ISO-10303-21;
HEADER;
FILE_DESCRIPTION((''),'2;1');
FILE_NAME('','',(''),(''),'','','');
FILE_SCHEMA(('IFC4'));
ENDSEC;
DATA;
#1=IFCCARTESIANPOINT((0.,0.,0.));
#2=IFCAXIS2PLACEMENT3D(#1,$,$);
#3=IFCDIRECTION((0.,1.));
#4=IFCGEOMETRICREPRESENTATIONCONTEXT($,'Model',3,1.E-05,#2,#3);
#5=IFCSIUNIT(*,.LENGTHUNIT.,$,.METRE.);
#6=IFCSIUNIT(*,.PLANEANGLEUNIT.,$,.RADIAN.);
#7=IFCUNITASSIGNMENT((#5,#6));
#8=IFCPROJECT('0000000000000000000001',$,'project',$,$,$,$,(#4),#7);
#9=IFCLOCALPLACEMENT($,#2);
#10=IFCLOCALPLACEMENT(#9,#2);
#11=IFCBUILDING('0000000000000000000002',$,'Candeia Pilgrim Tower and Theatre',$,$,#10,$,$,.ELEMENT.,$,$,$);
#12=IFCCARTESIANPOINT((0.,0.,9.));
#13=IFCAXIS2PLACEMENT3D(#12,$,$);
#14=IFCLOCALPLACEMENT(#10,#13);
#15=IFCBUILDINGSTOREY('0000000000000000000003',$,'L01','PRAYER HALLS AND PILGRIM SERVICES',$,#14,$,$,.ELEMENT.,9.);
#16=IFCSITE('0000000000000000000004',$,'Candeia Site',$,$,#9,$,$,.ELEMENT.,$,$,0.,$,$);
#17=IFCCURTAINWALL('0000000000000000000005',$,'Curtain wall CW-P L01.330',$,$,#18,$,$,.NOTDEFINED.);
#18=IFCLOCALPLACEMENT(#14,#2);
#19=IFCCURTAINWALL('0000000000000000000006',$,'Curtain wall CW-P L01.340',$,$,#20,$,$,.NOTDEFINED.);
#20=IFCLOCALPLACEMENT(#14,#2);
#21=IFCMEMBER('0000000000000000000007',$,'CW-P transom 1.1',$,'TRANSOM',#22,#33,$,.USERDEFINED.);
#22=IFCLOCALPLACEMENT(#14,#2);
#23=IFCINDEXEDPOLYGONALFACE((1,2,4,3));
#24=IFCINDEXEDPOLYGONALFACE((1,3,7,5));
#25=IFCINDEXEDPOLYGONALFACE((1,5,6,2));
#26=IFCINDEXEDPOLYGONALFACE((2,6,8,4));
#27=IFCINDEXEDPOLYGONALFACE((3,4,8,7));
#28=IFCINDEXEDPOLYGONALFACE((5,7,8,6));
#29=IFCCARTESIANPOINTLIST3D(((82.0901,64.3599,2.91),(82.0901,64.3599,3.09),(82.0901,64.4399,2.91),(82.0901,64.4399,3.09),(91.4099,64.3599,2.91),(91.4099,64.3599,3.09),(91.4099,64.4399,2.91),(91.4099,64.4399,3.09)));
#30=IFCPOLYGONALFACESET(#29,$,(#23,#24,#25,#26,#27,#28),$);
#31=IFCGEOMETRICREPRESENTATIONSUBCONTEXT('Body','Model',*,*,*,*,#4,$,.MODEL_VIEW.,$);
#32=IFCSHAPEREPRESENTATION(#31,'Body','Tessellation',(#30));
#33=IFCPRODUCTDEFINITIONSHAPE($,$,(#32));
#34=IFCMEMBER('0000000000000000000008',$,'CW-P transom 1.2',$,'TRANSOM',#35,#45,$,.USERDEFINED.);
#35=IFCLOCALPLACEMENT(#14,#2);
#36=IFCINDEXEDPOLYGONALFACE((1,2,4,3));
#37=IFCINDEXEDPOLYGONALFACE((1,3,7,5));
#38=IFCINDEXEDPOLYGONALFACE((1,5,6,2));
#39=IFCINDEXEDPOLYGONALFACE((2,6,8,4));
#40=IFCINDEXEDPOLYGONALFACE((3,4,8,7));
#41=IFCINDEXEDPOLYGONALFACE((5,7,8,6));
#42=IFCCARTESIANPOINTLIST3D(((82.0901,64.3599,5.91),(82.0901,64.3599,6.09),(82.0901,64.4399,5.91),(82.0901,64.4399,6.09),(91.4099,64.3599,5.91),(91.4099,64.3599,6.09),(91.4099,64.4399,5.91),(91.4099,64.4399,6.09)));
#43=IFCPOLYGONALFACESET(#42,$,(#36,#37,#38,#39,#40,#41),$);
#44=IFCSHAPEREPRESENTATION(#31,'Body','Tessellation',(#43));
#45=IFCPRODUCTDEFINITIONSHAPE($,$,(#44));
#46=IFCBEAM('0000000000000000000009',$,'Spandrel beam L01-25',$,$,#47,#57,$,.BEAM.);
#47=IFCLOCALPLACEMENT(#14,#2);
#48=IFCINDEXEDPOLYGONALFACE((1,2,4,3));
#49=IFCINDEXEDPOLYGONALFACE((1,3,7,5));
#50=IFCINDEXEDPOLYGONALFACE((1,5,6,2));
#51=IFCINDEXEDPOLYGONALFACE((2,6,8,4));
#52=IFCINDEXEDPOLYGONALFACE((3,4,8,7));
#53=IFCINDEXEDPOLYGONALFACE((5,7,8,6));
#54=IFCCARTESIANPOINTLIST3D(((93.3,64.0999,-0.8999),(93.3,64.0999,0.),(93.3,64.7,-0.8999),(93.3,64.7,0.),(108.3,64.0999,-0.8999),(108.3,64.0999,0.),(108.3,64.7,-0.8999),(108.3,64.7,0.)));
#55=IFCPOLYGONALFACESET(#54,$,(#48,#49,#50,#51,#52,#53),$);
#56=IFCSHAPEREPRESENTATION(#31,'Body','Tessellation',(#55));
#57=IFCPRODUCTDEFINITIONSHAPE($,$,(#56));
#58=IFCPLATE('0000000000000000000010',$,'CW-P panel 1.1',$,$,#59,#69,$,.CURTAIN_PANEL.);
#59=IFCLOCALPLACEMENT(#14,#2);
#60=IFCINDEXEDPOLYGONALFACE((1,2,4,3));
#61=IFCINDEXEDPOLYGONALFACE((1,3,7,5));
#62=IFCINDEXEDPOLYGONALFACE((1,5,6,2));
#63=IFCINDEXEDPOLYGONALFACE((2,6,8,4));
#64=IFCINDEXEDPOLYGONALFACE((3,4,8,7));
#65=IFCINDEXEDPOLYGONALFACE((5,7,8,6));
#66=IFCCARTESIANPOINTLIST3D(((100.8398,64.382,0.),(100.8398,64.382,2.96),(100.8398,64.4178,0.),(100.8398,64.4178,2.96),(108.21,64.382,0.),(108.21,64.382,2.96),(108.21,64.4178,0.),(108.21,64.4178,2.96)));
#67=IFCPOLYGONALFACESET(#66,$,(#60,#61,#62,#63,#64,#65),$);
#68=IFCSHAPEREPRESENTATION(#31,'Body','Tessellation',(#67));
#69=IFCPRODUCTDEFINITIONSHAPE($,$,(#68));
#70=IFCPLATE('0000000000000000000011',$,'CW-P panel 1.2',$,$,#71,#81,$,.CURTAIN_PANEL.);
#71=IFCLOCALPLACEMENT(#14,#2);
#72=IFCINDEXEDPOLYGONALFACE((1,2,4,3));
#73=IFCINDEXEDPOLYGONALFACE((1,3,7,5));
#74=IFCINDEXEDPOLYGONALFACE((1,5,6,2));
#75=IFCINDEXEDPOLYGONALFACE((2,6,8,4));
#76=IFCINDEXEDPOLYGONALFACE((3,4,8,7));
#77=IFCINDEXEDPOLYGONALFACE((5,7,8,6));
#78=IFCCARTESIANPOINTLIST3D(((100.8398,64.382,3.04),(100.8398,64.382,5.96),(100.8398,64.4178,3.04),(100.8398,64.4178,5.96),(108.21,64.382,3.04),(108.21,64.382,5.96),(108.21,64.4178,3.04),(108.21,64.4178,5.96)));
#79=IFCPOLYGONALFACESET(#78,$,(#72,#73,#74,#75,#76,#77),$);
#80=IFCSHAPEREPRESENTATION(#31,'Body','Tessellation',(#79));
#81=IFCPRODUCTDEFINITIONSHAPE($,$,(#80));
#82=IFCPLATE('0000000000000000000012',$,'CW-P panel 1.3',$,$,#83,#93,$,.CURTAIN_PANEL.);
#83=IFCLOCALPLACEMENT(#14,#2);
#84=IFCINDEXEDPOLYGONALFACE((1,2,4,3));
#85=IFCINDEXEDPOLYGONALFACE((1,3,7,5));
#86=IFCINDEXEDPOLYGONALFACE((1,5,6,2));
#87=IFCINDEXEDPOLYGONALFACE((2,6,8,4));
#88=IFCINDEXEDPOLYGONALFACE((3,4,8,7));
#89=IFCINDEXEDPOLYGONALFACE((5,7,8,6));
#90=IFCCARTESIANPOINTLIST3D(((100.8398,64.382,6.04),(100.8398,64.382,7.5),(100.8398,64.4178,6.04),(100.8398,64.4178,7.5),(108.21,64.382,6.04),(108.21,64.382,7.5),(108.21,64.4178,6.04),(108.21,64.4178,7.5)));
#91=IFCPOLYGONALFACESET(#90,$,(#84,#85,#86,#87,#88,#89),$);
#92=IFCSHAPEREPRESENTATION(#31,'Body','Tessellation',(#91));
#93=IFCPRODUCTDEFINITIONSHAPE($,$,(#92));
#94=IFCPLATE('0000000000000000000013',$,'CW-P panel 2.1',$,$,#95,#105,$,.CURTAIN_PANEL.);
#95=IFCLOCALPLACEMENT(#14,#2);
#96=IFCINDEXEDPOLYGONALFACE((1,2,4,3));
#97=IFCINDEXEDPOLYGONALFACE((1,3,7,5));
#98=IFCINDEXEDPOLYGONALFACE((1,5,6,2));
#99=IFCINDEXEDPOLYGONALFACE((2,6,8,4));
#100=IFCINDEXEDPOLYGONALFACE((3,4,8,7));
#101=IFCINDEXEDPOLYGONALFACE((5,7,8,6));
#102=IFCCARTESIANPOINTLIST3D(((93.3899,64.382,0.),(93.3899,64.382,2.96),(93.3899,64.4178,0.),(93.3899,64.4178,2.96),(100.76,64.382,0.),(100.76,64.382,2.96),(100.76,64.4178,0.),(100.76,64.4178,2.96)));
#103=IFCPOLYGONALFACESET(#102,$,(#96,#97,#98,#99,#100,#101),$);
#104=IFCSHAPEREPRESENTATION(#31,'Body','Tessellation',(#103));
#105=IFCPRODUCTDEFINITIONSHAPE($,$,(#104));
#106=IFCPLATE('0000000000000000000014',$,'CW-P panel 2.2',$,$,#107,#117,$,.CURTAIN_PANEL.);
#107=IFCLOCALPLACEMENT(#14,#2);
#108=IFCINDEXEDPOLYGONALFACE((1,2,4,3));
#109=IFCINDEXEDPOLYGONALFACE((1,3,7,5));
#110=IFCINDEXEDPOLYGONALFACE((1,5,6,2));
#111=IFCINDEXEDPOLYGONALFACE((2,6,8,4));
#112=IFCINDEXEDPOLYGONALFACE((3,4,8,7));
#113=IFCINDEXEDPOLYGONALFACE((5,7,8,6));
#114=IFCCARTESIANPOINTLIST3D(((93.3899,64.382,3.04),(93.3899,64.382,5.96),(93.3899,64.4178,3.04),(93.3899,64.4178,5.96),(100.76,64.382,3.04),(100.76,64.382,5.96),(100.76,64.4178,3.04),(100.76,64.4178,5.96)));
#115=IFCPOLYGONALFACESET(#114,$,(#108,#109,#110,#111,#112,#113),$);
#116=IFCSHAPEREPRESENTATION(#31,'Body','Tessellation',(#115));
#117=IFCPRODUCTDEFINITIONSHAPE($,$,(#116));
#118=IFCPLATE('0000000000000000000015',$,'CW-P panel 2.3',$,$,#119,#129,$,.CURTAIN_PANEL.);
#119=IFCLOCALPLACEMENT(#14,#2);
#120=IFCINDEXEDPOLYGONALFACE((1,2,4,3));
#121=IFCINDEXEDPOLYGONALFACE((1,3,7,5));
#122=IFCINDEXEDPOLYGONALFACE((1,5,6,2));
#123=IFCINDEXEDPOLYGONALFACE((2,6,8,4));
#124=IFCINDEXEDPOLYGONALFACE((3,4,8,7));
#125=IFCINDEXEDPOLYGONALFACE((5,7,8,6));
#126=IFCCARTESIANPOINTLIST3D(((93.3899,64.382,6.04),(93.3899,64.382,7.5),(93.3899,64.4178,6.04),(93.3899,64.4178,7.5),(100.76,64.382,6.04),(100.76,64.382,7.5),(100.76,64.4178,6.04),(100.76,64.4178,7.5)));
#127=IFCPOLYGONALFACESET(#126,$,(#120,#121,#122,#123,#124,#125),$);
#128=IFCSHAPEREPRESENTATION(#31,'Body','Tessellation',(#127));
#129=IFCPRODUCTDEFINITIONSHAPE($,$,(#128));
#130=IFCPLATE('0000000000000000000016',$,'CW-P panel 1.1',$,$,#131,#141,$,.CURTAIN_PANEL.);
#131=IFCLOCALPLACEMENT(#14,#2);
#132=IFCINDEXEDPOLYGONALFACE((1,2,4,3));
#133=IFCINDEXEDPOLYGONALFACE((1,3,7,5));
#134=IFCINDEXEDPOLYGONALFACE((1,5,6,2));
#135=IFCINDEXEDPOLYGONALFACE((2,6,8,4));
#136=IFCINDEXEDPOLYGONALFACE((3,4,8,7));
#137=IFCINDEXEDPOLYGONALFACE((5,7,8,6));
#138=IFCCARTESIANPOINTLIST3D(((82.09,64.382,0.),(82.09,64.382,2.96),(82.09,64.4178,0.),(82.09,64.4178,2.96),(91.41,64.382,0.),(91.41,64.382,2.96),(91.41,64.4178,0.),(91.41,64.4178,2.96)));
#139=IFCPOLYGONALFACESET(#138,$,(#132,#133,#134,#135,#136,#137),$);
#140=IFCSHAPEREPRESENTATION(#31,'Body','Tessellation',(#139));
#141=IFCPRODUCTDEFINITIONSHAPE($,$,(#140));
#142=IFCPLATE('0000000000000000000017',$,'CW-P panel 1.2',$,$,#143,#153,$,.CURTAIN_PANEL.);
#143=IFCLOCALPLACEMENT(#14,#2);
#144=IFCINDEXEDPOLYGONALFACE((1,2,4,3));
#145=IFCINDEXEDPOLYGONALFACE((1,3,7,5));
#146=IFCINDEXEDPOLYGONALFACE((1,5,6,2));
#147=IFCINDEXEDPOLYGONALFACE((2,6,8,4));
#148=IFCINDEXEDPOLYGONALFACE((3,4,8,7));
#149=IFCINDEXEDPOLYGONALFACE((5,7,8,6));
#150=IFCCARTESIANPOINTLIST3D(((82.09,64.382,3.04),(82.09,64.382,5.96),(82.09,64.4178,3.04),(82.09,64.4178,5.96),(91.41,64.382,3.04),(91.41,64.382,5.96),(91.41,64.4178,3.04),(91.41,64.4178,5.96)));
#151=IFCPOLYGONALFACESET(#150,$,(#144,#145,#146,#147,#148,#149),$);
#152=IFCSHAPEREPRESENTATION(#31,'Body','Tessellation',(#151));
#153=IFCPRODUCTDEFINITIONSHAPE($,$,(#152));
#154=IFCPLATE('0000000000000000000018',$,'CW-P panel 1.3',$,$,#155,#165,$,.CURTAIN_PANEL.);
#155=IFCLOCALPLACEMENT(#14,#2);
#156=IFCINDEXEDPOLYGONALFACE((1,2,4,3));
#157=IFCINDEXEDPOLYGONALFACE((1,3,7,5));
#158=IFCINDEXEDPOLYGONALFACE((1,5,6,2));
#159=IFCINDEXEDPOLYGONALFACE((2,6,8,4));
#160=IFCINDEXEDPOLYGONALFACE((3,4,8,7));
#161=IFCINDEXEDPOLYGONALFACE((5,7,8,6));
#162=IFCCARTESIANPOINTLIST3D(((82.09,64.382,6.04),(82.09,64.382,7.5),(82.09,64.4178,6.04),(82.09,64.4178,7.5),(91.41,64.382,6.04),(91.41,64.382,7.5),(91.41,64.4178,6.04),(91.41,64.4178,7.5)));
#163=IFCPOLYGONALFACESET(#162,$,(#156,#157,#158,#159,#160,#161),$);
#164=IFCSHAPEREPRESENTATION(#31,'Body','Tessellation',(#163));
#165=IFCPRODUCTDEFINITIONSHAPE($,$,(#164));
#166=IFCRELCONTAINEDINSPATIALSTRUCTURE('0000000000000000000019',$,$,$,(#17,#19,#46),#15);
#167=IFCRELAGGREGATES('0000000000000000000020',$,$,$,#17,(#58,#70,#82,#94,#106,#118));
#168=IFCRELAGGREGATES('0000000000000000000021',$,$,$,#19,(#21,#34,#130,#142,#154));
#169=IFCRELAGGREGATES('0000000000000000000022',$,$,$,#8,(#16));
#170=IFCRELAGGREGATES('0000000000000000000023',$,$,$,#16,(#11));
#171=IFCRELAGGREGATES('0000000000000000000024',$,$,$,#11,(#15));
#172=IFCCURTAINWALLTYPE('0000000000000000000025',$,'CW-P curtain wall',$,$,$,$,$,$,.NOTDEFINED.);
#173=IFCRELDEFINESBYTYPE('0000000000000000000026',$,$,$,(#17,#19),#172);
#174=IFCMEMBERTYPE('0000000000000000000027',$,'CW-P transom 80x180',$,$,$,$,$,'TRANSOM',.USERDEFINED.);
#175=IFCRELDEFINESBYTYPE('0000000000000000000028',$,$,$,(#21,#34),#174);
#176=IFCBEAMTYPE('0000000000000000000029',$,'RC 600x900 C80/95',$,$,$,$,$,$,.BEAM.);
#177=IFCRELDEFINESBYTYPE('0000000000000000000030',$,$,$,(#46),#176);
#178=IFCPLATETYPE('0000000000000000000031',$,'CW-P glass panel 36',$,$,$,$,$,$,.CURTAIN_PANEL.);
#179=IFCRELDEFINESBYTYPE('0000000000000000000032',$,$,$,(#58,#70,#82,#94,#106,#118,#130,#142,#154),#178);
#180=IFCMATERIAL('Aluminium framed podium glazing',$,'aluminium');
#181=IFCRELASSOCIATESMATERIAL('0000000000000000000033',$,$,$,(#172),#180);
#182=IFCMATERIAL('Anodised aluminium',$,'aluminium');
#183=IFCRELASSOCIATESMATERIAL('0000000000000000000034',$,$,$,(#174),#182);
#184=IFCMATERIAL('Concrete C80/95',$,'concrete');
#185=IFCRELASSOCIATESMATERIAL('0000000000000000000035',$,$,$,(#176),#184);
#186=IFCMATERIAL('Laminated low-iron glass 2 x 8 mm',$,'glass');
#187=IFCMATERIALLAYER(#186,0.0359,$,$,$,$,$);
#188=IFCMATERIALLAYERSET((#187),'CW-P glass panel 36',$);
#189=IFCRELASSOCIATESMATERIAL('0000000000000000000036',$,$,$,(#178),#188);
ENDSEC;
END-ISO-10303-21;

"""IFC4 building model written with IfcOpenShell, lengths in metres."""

from ifc_helpers import new_model, si_unit, direction, frame, origin, origin_2d, place, context, subcontext, project, spatial, rectangle, extrude, material, layer, layer_set, material_profile, profile_set, type_object, element, aggregate, save


model = new_model("IFC4")

# Units and contexts
model_context = context("Model", 3, precision=1e-05, world=origin(), true_north=direction((0.0, 1.0)))
body_context = subcontext(model_context, "Body", "Model", "MODEL_VIEW")
ifc_project = project(units=[si_unit("LENGTHUNIT", "METRE"), si_unit("PLANEANGLEUNIT", "RADIAN")], contexts=[model_context])

# Site, building, storey
site_placement = place(None, origin())
site = spatial("IfcSite", under=ifc_project, at=site_placement, Name="Candeia Site", CompositionType="ELEMENT", RefElevation=0.0)
building_placement = place(site_placement, origin())
building = spatial("IfcBuilding", under=site, at=building_placement, Name="Candeia Pilgrim Tower and Theatre", CompositionType="ELEMENT")
storey_placement = place(building_placement, frame((0.0, 0.0, 9.0)))
storey = spatial("IfcBuildingStorey", under=building, at=storey_placement, Name="L01", Description="PRAYER HALLS AND PILGRIM SERVICES", CompositionType="ELEMENT", Elevation=9.0)

# Shared definitions
ifc_material_1 = material(Name="Concrete C80/95", Category="concrete")

# Curtain wall
ifc_material_2 = material(Name="Aluminium framed podium glazing", Category="aluminium")
curtain_wall_type = type_object("IfcCurtainWallType", Name="CW-P curtain wall", PredefinedType="NOTDEFINED", material=ifc_material_2)
curtain_wall_1_placement = place(storey_placement, origin())
curtain_wall_1 = element("IfcCurtainWall", 1, at=curtain_wall_1_placement, inside=storey, type_object=curtain_wall_type, Name="Curtain wall CW-P L01.330", PredefinedType="NOTDEFINED")
ifc_material_3 = material(Name="Anodised aluminium", Category="aluminium")

# Curtain wall
curtain_wall_2_placement = place(storey_placement, origin())
curtain_wall_2 = element("IfcCurtainWall", 2, at=curtain_wall_2_placement, inside=storey, type_object=curtain_wall_type, Name="Curtain wall CW-P L01.340", PredefinedType="NOTDEFINED")

# Members
ifc_material_profile_1 = material_profile(ifc_material_3, rectangle(XDim=0.0801, YDim=0.1799, at=origin_2d()))
ifc_profile_set_1 = profile_set([ifc_material_profile_1], Name="Anodised aluminium")
member_type_1 = type_object("IfcMemberType", Name="CW-P transom 80x180", ElementType="TRANSOM", PredefinedType="USERDEFINED", material=ifc_profile_set_1)
member_1_placement = place(storey_placement, frame((91.4099, 64.3999, 3.0), z_axis=(-1.0, 0.0, 0.0), x_axis=(0.0, -1.0, 0.0)))
member_1 = element("IfcMember", 3, at=member_1_placement, type_object=member_type_1, Name="CW-P transom 1.1", ObjectType="TRANSOM", PredefinedType="USERDEFINED", context=body_context, shape_type="SweptSolid", body=[
    extrude(rectangle(XDim=0.0801, YDim=0.1799, at=origin_2d()), origin(), (0.0, 0.0, 1.0), 9.3198),
])
member_2_placement = place(storey_placement, frame((91.4099, 64.3999, 6.0), z_axis=(-1.0, 0.0, 0.0), x_axis=(0.0, -1.0, 0.0)))
member_2 = element("IfcMember", 4, at=member_2_placement, type_object=member_type_1, Name="CW-P transom 1.2", ObjectType="TRANSOM", PredefinedType="USERDEFINED", context=body_context, shape_type="SweptSolid", body=[
    extrude(rectangle(XDim=0.0801, YDim=0.1799, at=origin_2d()), origin(), (0.0, 0.0, 1.0), 9.3198),
])

# Beam
ifc_material_profile_2 = material_profile(ifc_material_1, rectangle(XDim=0.6001, YDim=0.8999, at=origin_2d()))
ifc_profile_set_2 = profile_set([ifc_material_profile_2], Name="Concrete C80/95")
beam_type = type_object("IfcBeamType", Name="RC 600x900 C80/95", PredefinedType="BEAM", material=ifc_profile_set_2)
beam_placement = place(storey_placement, frame((93.3, 64.3999, -0.45), z_axis=(1.0, 0.0, 0.0), x_axis=(0.0, 1.0, 0.0)))
element("IfcBeam", 5, at=beam_placement, inside=storey, type_object=beam_type, Name="Spandrel beam L01-25", PredefinedType="BEAM", context=body_context, shape_type="SweptSolid", body=[
    extrude(rectangle(XDim=0.6001, YDim=0.8999, at=origin_2d()), origin(), (0.0, 0.0, 1.0), 15.0),
])

# Plates
ifc_material_4 = material(Name="Laminated low-iron glass 2 x 8 mm", Category="glass")
ifc_layer = layer(ifc_material_4, 0.0359)
ifc_layer_set = layer_set([ifc_layer], Name="CW-P glass panel 36")
plate_type = type_object("IfcPlateType", Name="CW-P glass panel 36", PredefinedType="CURTAIN_PANEL", material=ifc_layer_set)
plate_1_placement = place(storey_placement, frame((104.5249, 64.3999, 0.0), z_axis=(0.0, 0.0, 1.0), x_axis=(-1.0, 0.0, 0.0)))
plate_1 = element("IfcPlate", 6, at=plate_1_placement, type_object=plate_type, Name="CW-P panel 1.1", PredefinedType="CURTAIN_PANEL", context=body_context, shape_type="SweptSolid", body=[
    extrude(rectangle(XDim=7.3701, YDim=0.0359, at=origin_2d()), origin(), (0.0, 0.0, 1.0), 2.96),
])
plate_2_placement = place(storey_placement, frame((104.5249, 64.3999, 3.04), z_axis=(0.0, 0.0, 1.0), x_axis=(-1.0, 0.0, 0.0)))
plate_2 = element("IfcPlate", 7, at=plate_2_placement, type_object=plate_type, Name="CW-P panel 1.2", PredefinedType="CURTAIN_PANEL", context=body_context, shape_type="SweptSolid", body=[
    extrude(rectangle(XDim=7.3701, YDim=0.0359, at=origin_2d()), origin(), (0.0, 0.0, 1.0), 2.9199),
])
plate_3_placement = place(storey_placement, frame((104.5249, 64.3999, 6.04), z_axis=(0.0, 0.0, 1.0), x_axis=(-1.0, 0.0, 0.0)))
plate_3 = element("IfcPlate", 8, at=plate_3_placement, type_object=plate_type, Name="CW-P panel 1.3", PredefinedType="CURTAIN_PANEL", context=body_context, shape_type="SweptSolid", body=[
    extrude(rectangle(XDim=7.3701, YDim=0.0359, at=origin_2d()), origin(), (0.0, 0.0, 1.0), 1.46),
])
plate_4_placement = place(storey_placement, frame((97.075, 64.3999, 0.0), z_axis=(0.0, 0.0, 1.0), x_axis=(-1.0, 0.0, 0.0)))
plate_4 = element("IfcPlate", 9, at=plate_4_placement, type_object=plate_type, Name="CW-P panel 2.1", PredefinedType="CURTAIN_PANEL", context=body_context, shape_type="SweptSolid", body=[
    extrude(rectangle(XDim=7.3701, YDim=0.0359, at=origin_2d()), origin(), (0.0, 0.0, 1.0), 2.96),
])
plate_5_placement = place(storey_placement, frame((97.075, 64.3999, 3.04), z_axis=(0.0, 0.0, 1.0), x_axis=(-1.0, 0.0, 0.0)))
plate_5 = element("IfcPlate", 10, at=plate_5_placement, type_object=plate_type, Name="CW-P panel 2.2", PredefinedType="CURTAIN_PANEL", context=body_context, shape_type="SweptSolid", body=[
    extrude(rectangle(XDim=7.3701, YDim=0.0359, at=origin_2d()), origin(), (0.0, 0.0, 1.0), 2.9199),
])
plate_6_placement = place(storey_placement, frame((97.075, 64.3999, 6.04), z_axis=(0.0, 0.0, 1.0), x_axis=(-1.0, 0.0, 0.0)))
plate_6 = element("IfcPlate", 11, at=plate_6_placement, type_object=plate_type, Name="CW-P panel 2.3", PredefinedType="CURTAIN_PANEL", context=body_context, shape_type="SweptSolid", body=[
    extrude(rectangle(XDim=7.3701, YDim=0.0359, at=origin_2d()), origin(), (0.0, 0.0, 1.0), 1.46),
])
aggregate(curtain_wall_1, [plate_1, plate_2, plate_3, plate_4, plate_5, plate_6])
plate_7_placement = place(storey_placement, frame((86.75, 64.3999, 0.0), z_axis=(0.0, 0.0, 1.0), x_axis=(-1.0, 0.0, 0.0)))
plate_7 = element("IfcPlate", 12, at=plate_7_placement, type_object=plate_type, Name="CW-P panel 1.1", PredefinedType="CURTAIN_PANEL", context=body_context, shape_type="SweptSolid", body=[
    extrude(rectangle(XDim=9.3201, YDim=0.0359, at=origin_2d()), origin(), (0.0, 0.0, 1.0), 2.96),
])
plate_8_placement = place(storey_placement, frame((86.75, 64.3999, 3.04), z_axis=(0.0, 0.0, 1.0), x_axis=(-1.0, 0.0, 0.0)))
plate_8 = element("IfcPlate", 13, at=plate_8_placement, type_object=plate_type, Name="CW-P panel 1.2", PredefinedType="CURTAIN_PANEL", context=body_context, shape_type="SweptSolid", body=[
    extrude(rectangle(XDim=9.3201, YDim=0.0359, at=origin_2d()), origin(), (0.0, 0.0, 1.0), 2.9199),
])
plate_9_placement = place(storey_placement, frame((86.75, 64.3999, 6.04), z_axis=(0.0, 0.0, 1.0), x_axis=(-1.0, 0.0, 0.0)))
plate_9 = element("IfcPlate", 14, at=plate_9_placement, type_object=plate_type, Name="CW-P panel 1.3", PredefinedType="CURTAIN_PANEL", context=body_context, shape_type="SweptSolid", body=[
    extrude(rectangle(XDim=9.3201, YDim=0.0359, at=origin_2d()), origin(), (0.0, 0.0, 1.0), 1.46),
])
aggregate(curtain_wall_2, [member_1, member_2, plate_7, plate_8, plate_9])

save(model, "model.ifc")
